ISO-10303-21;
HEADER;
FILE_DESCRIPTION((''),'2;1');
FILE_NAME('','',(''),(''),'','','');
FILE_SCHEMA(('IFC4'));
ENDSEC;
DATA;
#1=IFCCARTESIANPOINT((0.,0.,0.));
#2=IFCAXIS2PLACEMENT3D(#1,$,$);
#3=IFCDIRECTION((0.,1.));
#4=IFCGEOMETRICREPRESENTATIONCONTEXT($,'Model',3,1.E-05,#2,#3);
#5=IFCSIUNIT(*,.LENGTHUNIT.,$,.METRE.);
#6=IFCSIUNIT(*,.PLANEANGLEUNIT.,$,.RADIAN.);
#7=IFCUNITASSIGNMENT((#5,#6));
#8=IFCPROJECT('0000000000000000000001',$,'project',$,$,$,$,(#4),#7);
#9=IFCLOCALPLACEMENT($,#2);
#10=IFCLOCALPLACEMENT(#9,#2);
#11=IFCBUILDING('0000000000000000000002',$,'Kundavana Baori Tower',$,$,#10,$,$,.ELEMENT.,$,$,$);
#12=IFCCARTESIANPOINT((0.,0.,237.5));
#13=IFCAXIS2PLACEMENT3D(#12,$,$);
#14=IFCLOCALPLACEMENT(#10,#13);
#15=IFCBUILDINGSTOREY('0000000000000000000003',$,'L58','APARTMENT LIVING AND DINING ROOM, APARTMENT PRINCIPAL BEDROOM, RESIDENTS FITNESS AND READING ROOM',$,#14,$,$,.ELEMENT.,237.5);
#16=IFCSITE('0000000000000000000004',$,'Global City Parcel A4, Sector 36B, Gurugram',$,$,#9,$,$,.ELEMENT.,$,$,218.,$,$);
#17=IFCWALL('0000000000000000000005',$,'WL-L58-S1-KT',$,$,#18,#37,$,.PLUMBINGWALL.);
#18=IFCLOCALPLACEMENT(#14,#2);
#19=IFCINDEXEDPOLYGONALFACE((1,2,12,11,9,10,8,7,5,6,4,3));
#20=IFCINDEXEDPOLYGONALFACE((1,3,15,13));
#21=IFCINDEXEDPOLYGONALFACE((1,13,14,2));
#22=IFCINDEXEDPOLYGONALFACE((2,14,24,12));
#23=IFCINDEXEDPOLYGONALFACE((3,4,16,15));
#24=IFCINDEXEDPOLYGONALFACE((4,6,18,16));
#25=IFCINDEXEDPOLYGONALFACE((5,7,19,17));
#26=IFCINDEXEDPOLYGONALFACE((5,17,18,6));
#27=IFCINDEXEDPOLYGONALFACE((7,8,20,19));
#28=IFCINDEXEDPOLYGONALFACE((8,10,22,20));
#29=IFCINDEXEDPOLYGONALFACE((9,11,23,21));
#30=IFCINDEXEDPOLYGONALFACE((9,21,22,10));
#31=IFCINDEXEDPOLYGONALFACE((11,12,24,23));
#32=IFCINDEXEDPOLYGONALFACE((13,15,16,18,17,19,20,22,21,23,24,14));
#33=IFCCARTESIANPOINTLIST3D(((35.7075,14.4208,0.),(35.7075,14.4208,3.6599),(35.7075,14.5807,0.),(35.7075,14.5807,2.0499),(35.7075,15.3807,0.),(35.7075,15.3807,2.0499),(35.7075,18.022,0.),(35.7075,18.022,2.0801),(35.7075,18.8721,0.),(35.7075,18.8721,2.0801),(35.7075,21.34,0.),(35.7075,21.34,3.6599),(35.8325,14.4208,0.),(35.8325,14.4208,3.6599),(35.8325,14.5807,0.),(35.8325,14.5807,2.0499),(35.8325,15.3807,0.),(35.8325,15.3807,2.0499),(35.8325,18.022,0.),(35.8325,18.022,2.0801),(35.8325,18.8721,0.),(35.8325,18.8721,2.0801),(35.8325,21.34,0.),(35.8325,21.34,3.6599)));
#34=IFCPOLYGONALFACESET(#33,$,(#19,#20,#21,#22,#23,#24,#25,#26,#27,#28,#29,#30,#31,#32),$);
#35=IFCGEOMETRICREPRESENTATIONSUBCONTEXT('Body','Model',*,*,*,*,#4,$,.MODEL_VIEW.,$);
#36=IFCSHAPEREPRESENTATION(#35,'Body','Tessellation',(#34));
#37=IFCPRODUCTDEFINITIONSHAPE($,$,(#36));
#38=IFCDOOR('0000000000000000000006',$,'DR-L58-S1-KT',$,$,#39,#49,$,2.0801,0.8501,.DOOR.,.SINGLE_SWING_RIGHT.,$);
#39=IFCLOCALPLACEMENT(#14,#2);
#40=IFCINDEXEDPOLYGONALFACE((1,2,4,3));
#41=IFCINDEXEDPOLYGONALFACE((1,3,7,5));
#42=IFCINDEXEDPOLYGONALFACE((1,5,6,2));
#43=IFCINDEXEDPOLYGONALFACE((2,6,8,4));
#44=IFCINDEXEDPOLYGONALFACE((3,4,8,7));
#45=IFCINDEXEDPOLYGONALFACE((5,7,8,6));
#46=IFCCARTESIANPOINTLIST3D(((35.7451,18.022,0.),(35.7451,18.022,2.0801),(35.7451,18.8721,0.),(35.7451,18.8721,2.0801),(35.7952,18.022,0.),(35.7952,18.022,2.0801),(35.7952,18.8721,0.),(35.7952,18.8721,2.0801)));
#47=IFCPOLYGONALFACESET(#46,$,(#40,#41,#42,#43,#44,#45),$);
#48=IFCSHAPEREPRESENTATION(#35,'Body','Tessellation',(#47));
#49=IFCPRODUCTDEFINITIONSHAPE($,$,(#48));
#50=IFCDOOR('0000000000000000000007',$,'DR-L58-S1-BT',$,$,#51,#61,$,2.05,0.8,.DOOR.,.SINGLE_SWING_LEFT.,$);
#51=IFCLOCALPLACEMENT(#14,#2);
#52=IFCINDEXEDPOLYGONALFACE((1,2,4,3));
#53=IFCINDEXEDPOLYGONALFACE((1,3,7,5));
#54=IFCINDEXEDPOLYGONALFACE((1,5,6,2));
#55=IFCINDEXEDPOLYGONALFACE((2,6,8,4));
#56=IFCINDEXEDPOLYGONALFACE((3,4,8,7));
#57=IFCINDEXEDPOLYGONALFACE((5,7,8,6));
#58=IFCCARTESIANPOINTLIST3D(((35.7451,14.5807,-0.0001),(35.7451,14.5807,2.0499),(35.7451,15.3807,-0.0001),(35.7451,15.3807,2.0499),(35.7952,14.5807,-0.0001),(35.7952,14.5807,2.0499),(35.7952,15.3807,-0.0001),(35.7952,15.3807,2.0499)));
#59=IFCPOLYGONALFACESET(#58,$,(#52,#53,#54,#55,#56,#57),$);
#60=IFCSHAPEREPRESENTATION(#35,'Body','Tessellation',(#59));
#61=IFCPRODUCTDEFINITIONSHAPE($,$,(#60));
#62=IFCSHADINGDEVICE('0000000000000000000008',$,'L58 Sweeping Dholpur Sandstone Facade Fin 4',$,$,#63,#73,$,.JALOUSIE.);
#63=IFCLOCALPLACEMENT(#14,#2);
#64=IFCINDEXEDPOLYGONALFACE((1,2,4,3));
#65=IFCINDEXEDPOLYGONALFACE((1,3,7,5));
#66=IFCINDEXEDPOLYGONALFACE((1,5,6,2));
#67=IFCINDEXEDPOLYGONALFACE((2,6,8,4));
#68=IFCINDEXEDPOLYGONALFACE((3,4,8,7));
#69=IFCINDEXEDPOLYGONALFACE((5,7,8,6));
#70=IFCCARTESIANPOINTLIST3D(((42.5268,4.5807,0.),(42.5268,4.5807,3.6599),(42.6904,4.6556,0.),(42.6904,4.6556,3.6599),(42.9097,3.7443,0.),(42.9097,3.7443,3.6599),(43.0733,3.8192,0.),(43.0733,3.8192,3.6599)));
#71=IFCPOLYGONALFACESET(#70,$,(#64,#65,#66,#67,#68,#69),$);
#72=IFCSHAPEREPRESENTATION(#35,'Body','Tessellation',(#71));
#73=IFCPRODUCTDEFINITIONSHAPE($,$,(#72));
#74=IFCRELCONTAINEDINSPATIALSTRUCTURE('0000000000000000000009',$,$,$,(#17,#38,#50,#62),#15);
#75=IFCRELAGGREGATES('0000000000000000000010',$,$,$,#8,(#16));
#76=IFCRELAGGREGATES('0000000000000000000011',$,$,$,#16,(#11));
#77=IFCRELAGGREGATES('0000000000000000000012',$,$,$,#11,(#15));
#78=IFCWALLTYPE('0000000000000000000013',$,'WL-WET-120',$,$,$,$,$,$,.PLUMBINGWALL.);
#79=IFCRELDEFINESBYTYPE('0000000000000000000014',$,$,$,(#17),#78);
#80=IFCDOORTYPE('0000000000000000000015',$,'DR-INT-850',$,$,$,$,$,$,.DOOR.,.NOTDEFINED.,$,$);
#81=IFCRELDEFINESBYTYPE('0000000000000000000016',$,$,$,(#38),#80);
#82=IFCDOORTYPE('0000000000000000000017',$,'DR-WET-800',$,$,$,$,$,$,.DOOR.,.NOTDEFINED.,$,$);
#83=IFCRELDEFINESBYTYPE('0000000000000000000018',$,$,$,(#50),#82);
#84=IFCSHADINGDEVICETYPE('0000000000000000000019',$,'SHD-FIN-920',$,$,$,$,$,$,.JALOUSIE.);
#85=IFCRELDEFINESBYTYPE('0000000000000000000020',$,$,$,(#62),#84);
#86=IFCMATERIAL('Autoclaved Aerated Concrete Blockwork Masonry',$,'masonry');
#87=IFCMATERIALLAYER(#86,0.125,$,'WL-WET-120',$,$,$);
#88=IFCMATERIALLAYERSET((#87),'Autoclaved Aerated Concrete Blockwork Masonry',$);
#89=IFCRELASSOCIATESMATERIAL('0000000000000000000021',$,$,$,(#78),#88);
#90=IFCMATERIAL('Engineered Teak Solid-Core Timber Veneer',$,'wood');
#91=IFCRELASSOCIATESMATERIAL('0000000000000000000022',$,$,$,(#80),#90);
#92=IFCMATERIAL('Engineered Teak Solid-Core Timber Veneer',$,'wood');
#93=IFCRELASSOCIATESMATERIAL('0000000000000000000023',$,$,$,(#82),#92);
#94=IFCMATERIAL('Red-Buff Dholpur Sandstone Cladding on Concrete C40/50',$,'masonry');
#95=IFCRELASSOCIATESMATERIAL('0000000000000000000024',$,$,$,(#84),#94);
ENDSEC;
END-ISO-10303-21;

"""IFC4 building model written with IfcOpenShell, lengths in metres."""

from ifc_helpers import new_model, si_unit, direction, frame, frame_2d, origin, origin_2d, place, context, subcontext, project, spatial, rectangle, extrude, material, layer, layer_set, type_object, element, fill, save


model = new_model("IFC4")

# Units and contexts
model_context = context("Model", 3, precision=1e-05, world=origin(), true_north=direction((0.0, 1.0)))
body_context = subcontext(model_context, "Body", "Model", "MODEL_VIEW")
ifc_project = project(units=[si_unit("LENGTHUNIT", "METRE"), si_unit("PLANEANGLEUNIT", "RADIAN")], contexts=[model_context])

# Site, building, storey
site_placement = place(None, origin())
site = spatial("IfcSite", under=ifc_project, at=site_placement, Name="Global City Parcel A4, Sector 36B, Gurugram", CompositionType="ELEMENT", RefElevation=218.0)
building_placement = place(site_placement, origin())
building = spatial("IfcBuilding", under=site, at=building_placement, Name="Kundavana Baori Tower", CompositionType="ELEMENT")
storey_placement = place(building_placement, frame((0.0, 0.0, 237.5)))
storey = spatial("IfcBuildingStorey", under=building, at=storey_placement, Name="L58", Description="APARTMENT LIVING AND DINING ROOM, APARTMENT PRINCIPAL BEDROOM, RESIDENTS FITNESS AND READING ROOM", CompositionType="ELEMENT", Elevation=237.5)

# Wall, openings, doors
ifc_material_1 = material(Name="Autoclaved Aerated Concrete Blockwork Masonry", Category="masonry")
ifc_layer_1 = layer(ifc_material_1, 0.125, Name="WL-WET-120")
ifc_layer_set_1 = layer_set([ifc_layer_1], Name="Autoclaved Aerated Concrete Blockwork Masonry")
wall_type_1 = type_object("IfcWallType", Name="WL-WET-120", PredefinedType="PLUMBINGWALL", material=ifc_layer_set_1)
wall_1_placement = place(storey_placement, frame((35.77, 14.4209, 0.0), z_axis=(0.0, 0.0, 1.0), x_axis=(0.0, 1.0, 0.0)))
wall_1 = element("IfcWall", 1, at=wall_1_placement, inside=storey, type_object=wall_type_1, Name="WL-L58-S1-KT", PredefinedType="PLUMBINGWALL", context=body_context, shape_type="SweptSolid", body=[
    extrude(rectangle(XDim=6.9192, YDim=0.125, at=frame_2d((3.4595, 0.0))), origin(), (0.0, 0.0, 1.0), 3.6599),
])
opening_1_placement = place(wall_1_placement, frame((0.1599, 0.0, 0.0)))
opening_1 = element("IfcOpeningElement", 2, at=opening_1_placement, cuts=wall_1, PredefinedType="OPENING", context=body_context, shape_type="SweptSolid", body=[
    extrude(rectangle(XDim=0.8, YDim=2.05, at=frame_2d((0.3999, 1.0249))), frame((0.0, 0.0725, 0.0), z_axis=(0.0, -1.0, 0.0), x_axis=(1.0, 0.0, 0.0)), (0.0, 0.0, 1.0), 0.145),
])
opening_2_placement = place(wall_1_placement, frame((3.6011, 0.0, 0.0)))
opening_2 = element("IfcOpeningElement", 3, at=opening_2_placement, cuts=wall_1, PredefinedType="OPENING", context=body_context, shape_type="SweptSolid", body=[
    extrude(rectangle(XDim=0.8501, YDim=2.0801, at=frame_2d((0.425, 1.04))), frame((0.0, 0.0725, 0.0), z_axis=(0.0, -1.0, 0.0), x_axis=(1.0, 0.0, 0.0)), (0.0, 0.0, 1.0), 0.145),
])
ifc_material_2 = material(Name="Engineered Teak Solid-Core Timber Veneer", Category="wood")
door_type_1 = type_object("IfcDoorType", Name="DR-INT-850", OperationType="NOTDEFINED", PredefinedType="DOOR", material=ifc_material_2)
door_1_placement = place(opening_2_placement, origin())
door_1 = element("IfcDoor", 4, at=door_1_placement, inside=storey, type_object=door_type_1, Name="DR-L58-S1-KT", OperationType="SINGLE_SWING_RIGHT", OverallHeight=2.0801, OverallWidth=0.8501, PredefinedType="DOOR", context=body_context, shape_type="SweptSolid", body=[
    extrude(rectangle(XDim=0.8501, YDim=2.0801, at=frame_2d((0.425, 1.04))), frame((0.0, 0.0249, 0.0), z_axis=(0.0, -1.0, 0.0), x_axis=(1.0, 0.0, 0.0)), (0.0, 0.0, 1.0), 0.05),
])
fill(opening_2, door_1)
ifc_material_3 = material(Name="Engineered Teak Solid-Core Timber Veneer", Category="wood")
door_type_2 = type_object("IfcDoorType", Name="DR-WET-800", OperationType="NOTDEFINED", PredefinedType="DOOR", material=ifc_material_3)
door_2_placement = place(opening_1_placement, origin())
door_2 = element("IfcDoor", 5, at=door_2_placement, inside=storey, type_object=door_type_2, Name="DR-L58-S1-BT", OperationType="SINGLE_SWING_LEFT", OverallHeight=2.05, OverallWidth=0.8, PredefinedType="DOOR", context=body_context, shape_type="SweptSolid", body=[
    extrude(rectangle(XDim=0.8, YDim=2.05, at=frame_2d((0.3999, 1.0249))), frame((0.0, 0.0249, 0.0), z_axis=(0.0, -1.0, 0.0), x_axis=(1.0, 0.0, 0.0)), (0.0, 0.0, 1.0), 0.05),
])
fill(opening_1, door_2)

# Shading device
ifc_material_4 = material(Name="Red-Buff Dholpur Sandstone Cladding on Concrete C40/50", Category="masonry")
shading_device_type = type_object("IfcShadingDeviceType", Name="SHD-FIN-920", PredefinedType="JALOUSIE", material=ifc_material_4)
shading_device_placement = place(storey_placement, frame((42.8, 4.2, 0.0), z_axis=(0.0, 0.0, 1.0), x_axis=(0.909236, 0.416281, 0.0)))
element("IfcShadingDevice", 6, at=shading_device_placement, inside=storey, type_object=shading_device_type, Name="L58 Sweeping Dholpur Sandstone Facade Fin 4", PredefinedType="JALOUSIE", context=body_context, shape_type="SweptSolid", body=[
    extrude(rectangle(XDim=0.1799, YDim=0.9199, at=origin_2d()), origin(), (0.0, 0.0, 1.0), 3.6599),
])

save(model, "model.ifc")
